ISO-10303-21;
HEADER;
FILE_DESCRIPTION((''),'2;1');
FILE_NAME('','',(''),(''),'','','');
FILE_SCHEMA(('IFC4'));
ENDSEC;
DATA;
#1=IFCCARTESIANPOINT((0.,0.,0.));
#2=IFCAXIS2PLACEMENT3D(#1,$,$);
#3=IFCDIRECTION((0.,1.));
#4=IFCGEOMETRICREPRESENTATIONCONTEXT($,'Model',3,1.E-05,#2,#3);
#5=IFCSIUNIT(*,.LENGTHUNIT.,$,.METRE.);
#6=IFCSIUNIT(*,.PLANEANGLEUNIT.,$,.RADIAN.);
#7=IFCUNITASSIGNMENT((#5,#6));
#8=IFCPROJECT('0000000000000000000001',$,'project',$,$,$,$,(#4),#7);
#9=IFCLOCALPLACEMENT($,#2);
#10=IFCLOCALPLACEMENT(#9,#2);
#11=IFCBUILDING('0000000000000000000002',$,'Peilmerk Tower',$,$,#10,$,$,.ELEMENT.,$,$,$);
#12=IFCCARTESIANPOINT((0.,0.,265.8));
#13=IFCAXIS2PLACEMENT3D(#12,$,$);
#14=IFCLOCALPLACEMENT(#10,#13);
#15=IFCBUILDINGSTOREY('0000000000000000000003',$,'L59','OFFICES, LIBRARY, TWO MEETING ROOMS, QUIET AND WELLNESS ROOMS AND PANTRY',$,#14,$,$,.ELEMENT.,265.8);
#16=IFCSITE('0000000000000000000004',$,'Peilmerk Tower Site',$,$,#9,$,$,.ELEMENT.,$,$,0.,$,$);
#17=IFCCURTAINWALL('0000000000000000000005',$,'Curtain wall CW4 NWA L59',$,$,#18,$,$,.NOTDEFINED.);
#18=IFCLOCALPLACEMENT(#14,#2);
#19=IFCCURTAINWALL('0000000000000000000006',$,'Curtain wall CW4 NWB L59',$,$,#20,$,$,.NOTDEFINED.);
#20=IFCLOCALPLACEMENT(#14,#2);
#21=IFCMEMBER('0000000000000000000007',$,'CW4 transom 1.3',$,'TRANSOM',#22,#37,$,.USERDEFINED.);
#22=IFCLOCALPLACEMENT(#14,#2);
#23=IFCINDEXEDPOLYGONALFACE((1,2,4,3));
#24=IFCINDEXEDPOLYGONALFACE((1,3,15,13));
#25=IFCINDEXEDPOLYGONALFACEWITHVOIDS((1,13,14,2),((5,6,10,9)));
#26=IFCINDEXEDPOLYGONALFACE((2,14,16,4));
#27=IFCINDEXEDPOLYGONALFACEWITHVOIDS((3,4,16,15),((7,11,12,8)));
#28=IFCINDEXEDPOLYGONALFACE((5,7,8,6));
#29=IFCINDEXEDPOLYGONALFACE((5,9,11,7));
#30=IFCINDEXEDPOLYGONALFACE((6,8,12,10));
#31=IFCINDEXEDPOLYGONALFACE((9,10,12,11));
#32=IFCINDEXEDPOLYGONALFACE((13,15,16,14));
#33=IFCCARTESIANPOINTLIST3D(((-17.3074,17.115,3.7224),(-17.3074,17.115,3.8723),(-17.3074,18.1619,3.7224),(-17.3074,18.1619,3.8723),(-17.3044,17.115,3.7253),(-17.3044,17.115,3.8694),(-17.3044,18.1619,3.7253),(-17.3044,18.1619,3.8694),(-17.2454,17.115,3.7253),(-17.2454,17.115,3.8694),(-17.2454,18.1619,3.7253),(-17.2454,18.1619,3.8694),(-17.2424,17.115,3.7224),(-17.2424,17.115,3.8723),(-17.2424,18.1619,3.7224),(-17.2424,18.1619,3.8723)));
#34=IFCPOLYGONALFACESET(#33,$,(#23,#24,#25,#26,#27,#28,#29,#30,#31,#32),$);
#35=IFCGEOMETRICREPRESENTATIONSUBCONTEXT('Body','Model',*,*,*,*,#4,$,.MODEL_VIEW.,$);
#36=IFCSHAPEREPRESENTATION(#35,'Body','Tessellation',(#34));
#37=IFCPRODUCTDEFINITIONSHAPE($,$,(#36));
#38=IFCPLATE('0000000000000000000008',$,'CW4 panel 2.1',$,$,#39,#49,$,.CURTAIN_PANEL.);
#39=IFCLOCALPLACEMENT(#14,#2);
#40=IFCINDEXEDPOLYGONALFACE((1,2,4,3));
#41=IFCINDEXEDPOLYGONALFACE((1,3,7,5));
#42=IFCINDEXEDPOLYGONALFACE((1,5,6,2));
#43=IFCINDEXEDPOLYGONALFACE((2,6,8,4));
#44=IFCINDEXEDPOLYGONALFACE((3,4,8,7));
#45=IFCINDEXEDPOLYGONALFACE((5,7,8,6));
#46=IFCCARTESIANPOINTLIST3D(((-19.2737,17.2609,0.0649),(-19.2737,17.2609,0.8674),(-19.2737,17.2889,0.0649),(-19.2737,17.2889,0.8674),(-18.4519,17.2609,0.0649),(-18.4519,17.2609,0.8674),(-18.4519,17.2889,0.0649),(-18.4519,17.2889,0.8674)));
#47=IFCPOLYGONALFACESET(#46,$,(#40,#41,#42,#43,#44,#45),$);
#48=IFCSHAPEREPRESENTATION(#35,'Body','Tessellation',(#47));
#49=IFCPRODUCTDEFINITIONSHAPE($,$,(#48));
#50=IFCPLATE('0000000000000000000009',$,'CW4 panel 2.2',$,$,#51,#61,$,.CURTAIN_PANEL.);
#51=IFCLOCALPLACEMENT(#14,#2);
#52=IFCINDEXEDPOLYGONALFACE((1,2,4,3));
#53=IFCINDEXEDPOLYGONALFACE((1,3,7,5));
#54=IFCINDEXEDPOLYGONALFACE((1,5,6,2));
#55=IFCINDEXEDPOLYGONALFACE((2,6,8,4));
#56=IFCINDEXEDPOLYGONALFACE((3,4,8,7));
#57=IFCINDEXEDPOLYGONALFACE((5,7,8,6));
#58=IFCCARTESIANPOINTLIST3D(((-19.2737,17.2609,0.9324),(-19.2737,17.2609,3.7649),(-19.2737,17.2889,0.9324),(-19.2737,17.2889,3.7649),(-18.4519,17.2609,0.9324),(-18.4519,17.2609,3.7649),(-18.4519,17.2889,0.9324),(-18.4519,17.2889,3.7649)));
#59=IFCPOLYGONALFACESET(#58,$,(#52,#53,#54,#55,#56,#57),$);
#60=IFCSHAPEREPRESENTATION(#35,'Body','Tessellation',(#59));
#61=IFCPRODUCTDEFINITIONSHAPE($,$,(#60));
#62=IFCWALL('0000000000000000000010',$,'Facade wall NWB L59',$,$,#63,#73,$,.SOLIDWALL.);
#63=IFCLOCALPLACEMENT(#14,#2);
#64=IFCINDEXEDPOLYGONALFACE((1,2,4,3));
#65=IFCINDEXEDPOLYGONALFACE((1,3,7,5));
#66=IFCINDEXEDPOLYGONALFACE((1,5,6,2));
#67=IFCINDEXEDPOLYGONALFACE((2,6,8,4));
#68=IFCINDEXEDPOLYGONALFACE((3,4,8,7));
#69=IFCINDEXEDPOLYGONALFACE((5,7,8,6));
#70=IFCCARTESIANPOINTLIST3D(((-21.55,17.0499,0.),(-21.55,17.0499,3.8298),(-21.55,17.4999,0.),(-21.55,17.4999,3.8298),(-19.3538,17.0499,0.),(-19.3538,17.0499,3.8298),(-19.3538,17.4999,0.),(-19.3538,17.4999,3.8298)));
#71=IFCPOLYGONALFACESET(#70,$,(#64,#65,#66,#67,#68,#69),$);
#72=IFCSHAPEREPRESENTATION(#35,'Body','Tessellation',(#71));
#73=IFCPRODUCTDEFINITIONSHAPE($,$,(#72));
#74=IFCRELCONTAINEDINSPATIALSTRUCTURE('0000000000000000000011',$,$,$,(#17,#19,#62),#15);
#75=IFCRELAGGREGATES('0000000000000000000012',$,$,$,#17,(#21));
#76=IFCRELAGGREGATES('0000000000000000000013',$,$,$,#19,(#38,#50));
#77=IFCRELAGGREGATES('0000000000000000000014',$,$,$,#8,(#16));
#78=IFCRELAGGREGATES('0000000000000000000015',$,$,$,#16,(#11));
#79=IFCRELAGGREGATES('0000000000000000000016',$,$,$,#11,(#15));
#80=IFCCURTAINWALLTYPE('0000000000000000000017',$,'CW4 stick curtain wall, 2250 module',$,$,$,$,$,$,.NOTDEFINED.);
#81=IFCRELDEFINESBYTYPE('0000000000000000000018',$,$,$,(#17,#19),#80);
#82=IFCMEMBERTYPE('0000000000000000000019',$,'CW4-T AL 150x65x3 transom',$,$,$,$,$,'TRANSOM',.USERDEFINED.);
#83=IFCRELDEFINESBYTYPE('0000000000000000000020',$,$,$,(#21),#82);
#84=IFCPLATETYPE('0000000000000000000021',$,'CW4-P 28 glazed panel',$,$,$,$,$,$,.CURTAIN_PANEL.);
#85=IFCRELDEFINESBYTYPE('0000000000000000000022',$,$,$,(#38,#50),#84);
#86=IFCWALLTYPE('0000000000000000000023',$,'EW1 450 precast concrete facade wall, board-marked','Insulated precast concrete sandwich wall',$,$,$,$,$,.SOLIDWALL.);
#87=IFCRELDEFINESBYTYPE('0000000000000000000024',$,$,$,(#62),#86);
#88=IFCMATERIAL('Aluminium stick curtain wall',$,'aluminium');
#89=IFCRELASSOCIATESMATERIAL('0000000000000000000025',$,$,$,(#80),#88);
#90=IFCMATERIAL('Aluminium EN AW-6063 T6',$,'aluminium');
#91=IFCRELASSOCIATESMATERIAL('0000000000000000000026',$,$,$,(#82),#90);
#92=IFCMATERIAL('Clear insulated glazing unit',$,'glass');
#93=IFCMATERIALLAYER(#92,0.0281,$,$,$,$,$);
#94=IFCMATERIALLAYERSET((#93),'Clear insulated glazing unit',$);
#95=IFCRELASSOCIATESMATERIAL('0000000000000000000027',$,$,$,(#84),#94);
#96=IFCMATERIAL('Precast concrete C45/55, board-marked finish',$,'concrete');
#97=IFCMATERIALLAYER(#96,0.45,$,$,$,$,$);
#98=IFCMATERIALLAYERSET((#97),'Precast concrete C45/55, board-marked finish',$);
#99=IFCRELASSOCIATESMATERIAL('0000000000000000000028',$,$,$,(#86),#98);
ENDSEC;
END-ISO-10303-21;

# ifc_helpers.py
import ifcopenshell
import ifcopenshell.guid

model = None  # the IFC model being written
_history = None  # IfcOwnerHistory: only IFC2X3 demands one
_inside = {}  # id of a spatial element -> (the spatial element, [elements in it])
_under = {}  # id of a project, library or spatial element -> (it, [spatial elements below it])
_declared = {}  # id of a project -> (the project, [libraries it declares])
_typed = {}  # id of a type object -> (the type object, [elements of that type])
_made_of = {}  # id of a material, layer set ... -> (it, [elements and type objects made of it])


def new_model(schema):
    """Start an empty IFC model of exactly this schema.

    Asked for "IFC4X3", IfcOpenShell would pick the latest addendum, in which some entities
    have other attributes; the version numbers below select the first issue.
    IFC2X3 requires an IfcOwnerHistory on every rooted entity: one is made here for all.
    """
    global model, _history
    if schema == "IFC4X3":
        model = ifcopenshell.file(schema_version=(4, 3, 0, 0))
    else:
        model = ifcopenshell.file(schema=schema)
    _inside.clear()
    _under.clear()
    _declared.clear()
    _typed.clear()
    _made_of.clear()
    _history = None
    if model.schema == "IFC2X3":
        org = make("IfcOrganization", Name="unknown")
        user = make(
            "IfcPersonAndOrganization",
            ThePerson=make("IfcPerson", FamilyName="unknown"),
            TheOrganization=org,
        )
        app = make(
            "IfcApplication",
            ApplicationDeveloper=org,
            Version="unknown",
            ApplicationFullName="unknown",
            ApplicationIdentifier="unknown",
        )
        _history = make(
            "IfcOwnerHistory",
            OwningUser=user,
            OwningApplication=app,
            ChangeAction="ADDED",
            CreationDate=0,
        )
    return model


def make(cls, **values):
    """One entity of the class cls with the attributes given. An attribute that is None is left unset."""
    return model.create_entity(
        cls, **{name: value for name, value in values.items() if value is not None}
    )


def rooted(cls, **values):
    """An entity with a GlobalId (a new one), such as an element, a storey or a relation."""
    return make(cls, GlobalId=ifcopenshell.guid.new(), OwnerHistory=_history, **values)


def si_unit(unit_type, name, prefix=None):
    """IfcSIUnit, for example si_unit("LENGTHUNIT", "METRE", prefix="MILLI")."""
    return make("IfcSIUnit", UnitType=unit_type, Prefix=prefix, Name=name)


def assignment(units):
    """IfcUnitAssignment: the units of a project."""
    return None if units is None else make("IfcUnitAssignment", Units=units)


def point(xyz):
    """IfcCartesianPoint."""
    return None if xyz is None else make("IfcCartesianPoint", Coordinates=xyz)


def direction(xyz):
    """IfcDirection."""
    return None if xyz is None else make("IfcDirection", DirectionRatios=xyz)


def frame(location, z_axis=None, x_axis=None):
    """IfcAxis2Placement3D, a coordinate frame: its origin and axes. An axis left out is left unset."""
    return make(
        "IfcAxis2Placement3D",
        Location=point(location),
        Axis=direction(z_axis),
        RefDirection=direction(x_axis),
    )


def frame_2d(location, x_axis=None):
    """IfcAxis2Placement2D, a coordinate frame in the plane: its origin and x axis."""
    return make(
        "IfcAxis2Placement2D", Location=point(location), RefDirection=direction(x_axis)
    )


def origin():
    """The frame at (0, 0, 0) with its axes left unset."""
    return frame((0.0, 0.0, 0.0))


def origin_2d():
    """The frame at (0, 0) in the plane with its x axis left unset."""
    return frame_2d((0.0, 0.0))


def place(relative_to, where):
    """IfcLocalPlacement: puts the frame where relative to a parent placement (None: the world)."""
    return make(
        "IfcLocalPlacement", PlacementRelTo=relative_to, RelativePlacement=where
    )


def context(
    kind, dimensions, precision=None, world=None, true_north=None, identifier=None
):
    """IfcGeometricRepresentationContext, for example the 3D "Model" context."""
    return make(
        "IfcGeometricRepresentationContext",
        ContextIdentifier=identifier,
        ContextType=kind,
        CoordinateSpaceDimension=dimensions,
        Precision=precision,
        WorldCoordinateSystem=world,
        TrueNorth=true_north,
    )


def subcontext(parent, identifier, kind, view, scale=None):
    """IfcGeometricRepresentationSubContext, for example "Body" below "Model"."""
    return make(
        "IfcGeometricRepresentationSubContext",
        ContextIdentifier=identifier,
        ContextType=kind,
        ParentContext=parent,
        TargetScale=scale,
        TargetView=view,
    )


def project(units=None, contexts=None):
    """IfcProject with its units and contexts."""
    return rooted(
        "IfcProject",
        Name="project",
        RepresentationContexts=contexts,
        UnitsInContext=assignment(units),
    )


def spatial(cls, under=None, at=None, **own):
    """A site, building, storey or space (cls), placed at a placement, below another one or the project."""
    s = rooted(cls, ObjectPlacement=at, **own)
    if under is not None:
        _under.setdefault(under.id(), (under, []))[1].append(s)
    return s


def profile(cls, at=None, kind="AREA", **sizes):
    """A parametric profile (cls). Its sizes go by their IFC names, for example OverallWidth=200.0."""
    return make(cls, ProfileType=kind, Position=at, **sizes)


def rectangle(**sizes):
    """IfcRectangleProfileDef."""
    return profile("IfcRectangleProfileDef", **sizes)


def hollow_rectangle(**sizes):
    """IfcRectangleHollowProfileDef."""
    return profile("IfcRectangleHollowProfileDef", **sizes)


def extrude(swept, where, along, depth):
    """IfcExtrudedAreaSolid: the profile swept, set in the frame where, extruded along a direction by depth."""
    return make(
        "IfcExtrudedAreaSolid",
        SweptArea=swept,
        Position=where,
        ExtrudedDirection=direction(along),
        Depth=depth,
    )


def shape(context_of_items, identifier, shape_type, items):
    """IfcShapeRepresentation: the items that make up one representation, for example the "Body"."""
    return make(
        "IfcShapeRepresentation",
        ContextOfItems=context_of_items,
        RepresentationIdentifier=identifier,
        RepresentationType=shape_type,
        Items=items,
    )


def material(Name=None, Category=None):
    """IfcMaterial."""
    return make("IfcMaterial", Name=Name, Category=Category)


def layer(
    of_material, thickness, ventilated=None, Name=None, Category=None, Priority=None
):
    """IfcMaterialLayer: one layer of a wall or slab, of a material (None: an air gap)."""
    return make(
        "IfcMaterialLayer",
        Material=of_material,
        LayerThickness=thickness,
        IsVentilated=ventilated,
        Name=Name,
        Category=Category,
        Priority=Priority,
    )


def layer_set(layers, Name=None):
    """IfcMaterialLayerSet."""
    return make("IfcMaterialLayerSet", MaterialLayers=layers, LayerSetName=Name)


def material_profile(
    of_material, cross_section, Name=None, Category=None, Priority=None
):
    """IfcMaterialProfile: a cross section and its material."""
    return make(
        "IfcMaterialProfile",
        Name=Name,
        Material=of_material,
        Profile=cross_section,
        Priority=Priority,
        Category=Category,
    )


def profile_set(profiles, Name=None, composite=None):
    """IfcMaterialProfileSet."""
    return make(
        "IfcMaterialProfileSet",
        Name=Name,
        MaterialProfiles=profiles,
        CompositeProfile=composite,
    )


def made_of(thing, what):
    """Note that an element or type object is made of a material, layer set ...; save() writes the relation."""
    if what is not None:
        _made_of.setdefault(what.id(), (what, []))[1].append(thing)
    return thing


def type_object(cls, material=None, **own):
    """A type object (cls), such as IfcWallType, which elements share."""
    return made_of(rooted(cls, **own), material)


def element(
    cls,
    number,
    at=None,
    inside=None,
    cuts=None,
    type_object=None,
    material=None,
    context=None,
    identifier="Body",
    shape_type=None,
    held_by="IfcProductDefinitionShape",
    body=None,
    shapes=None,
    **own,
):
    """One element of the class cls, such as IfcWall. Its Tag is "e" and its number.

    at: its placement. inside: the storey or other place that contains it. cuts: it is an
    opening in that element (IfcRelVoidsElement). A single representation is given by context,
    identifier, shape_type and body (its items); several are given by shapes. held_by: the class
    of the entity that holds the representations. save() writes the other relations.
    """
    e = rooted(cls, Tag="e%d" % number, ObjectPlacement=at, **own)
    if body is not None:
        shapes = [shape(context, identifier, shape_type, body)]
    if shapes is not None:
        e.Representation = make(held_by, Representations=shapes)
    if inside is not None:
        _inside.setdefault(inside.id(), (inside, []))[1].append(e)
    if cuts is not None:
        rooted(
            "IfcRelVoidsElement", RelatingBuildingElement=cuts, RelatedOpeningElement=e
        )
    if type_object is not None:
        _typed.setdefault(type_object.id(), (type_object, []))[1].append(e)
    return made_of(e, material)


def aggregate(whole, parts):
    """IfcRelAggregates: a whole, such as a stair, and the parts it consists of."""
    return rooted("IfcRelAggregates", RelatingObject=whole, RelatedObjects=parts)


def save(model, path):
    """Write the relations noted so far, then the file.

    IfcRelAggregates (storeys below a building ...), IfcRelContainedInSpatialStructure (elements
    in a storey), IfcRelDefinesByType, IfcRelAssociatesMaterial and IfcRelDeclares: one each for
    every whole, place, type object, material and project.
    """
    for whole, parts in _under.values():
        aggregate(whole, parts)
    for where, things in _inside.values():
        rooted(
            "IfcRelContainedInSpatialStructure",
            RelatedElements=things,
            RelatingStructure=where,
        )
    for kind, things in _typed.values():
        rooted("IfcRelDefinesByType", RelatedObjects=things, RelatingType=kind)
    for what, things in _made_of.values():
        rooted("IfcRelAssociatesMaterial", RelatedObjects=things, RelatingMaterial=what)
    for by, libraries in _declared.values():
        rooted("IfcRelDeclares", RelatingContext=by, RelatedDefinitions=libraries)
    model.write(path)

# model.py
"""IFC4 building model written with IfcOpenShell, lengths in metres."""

from ifc_helpers import new_model, si_unit, direction, frame, frame_2d, origin, origin_2d, place, context, subcontext, project, spatial, rectangle, hollow_rectangle, extrude, material, layer, layer_set, material_profile, profile_set, type_object, element, aggregate, save


model = new_model("IFC4")

# Units and contexts
model_context = context("Model", 3, precision=1e-05, world=origin(), true_north=direction((0.0, 1.0)))
body_context = subcontext(model_context, "Body", "Model", "MODEL_VIEW")
ifc_project = project(units=[si_unit("LENGTHUNIT", "METRE"), si_unit("PLANEANGLEUNIT", "RADIAN")], contexts=[model_context])

# Site, building, storey
site_placement = place(None, origin())
site = spatial("IfcSite", under=ifc_project, at=site_placement, Name="Peilmerk Tower Site", CompositionType="ELEMENT", RefElevation=0.0)
building_placement = place(site_placement, origin())
building = spatial("IfcBuilding", under=site, at=building_placement, Name="Peilmerk Tower", CompositionType="ELEMENT")
storey_placement = place(building_placement, frame((0.0, 0.0, 265.8)))
storey = spatial("IfcBuildingStorey", under=building, at=storey_placement, Name="L59", Description="OFFICES, LIBRARY, TWO MEETING ROOMS, QUIET AND WELLNESS ROOMS AND PANTRY", CompositionType="ELEMENT", Elevation=265.8)

# Curtain walls
ifc_material_1 = material(Name="Aluminium stick curtain wall", Category="aluminium")
curtain_wall_type = type_object("IfcCurtainWallType", Name="CW4 stick curtain wall, 2250 module", PredefinedType="NOTDEFINED", material=ifc_material_1)
curtain_wall_1_placement = place(storey_placement, origin())
curtain_wall_1 = element("IfcCurtainWall", 1, at=curtain_wall_1_placement, inside=storey, type_object=curtain_wall_type, Name="Curtain wall CW4 NWA L59", PredefinedType="NOTDEFINED")
ifc_material_2 = material(Name="Aluminium EN AW-6063 T6", Category="aluminium")
curtain_wall_2_placement = place(storey_placement, origin())
curtain_wall_2 = element("IfcCurtainWall", 2, at=curtain_wall_2_placement, inside=storey, type_object=curtain_wall_type, Name="Curtain wall CW4 NWB L59", PredefinedType="NOTDEFINED")

# Member
ifc_material_profile_1 = material_profile(ifc_material_2, hollow_rectangle(XDim=0.0649, YDim=0.1499, WallThickness=0.0029, at=origin_2d()), Name="AL 150x65x3")
ifc_profile_set_1 = profile_set([ifc_material_profile_1], Name="Aluminium EN AW-6063 T6")
member_type_1 = type_object("IfcMemberType", Name="CW4-T AL 150x65x3 transom", ElementType="TRANSOM", PredefinedType="USERDEFINED", material=ifc_profile_set_1)
member_1_placement = place(storey_placement, frame((-17.2749, 17.115, 3.7974), z_axis=(0.0, 1.0, 0.0), x_axis=(-1.0, 0.0, 0.0)))
member_1 = element("IfcMember", 3, at=member_1_placement, type_object=member_type_1, Name="CW4 transom 1.3", ObjectType="TRANSOM", PredefinedType="USERDEFINED", context=body_context, shape_type="SweptSolid", body=[
    extrude(hollow_rectangle(XDim=0.0649, YDim=0.1499, WallThickness=0.0029, at=origin_2d()), origin(), (0.0, 0.0, 1.0), 1.0469),
])
aggregate(curtain_wall_1, [member_1])

# Plates
ifc_material_3 = material(Name="Clear insulated glazing unit", Category="glass")
ifc_layer_1 = layer(ifc_material_3, 0.0281)
ifc_layer_set_1 = layer_set([ifc_layer_1], Name="Clear insulated glazing unit")
plate_type = type_object("IfcPlateType", Name="CW4-P 28 glazed panel", PredefinedType="CURTAIN_PANEL", material=ifc_layer_set_1)
plate_1_placement = place(storey_placement, frame((-18.8628, 17.2749, 0.0649), z_axis=(0.0, 0.0, 1.0), x_axis=(-1.0, 0.0, 0.0)))
plate_1 = element("IfcPlate", 4, at=plate_1_placement, type_object=plate_type, Name="CW4 panel 2.1", PredefinedType="CURTAIN_PANEL", context=body_context, shape_type="SweptSolid", body=[
    extrude(rectangle(XDim=0.8218, YDim=0.0281, at=origin_2d()), origin(), (0.0, 0.0, 1.0), 0.8025),
])
plate_2_placement = place(storey_placement, frame((-18.8628, 17.2749, 0.9324), z_axis=(0.0, 0.0, 1.0), x_axis=(-1.0, 0.0, 0.0)))
plate_2 = element("IfcPlate", 5, at=plate_2_placement, type_object=plate_type, Name="CW4 panel 2.2", PredefinedType="CURTAIN_PANEL", context=body_context, shape_type="SweptSolid", body=[
    extrude(rectangle(XDim=0.8218, YDim=0.0281, at=origin_2d()), origin(), (0.0, 0.0, 1.0), 2.8325),
])
aggregate(curtain_wall_2, [plate_1, plate_2])

# Wall
ifc_material_4 = material(Name="Precast concrete C45/55, board-marked finish", Category="concrete")
ifc_layer_2 = layer(ifc_material_4, 0.45)
ifc_layer_set_2 = layer_set([ifc_layer_2], Name="Precast concrete C45/55, board-marked finish")
wall_type_1 = type_object("IfcWallType", Name="EW1 450 precast concrete facade wall, board-marked", Description="Insulated precast concrete sandwich wall", PredefinedType="SOLIDWALL", material=ifc_layer_set_2)
wall_1_placement = place(storey_placement, frame((-19.3538, 17.2749, 0.0), z_axis=(0.0, 0.0, 1.0), x_axis=(-1.0, 0.0, 0.0)))
element("IfcWall", 6, at=wall_1_placement, inside=storey, type_object=wall_type_1, Name="Facade wall NWB L59", PredefinedType="SOLIDWALL", context=body_context, shape_type="SweptSolid", body=[
    extrude(rectangle(XDim=2.1963, YDim=0.45, at=frame_2d((1.0981, 0.0))), origin(), (0.0, 0.0, 1.0), 3.8298),
])

save(model, "model.ifc")
